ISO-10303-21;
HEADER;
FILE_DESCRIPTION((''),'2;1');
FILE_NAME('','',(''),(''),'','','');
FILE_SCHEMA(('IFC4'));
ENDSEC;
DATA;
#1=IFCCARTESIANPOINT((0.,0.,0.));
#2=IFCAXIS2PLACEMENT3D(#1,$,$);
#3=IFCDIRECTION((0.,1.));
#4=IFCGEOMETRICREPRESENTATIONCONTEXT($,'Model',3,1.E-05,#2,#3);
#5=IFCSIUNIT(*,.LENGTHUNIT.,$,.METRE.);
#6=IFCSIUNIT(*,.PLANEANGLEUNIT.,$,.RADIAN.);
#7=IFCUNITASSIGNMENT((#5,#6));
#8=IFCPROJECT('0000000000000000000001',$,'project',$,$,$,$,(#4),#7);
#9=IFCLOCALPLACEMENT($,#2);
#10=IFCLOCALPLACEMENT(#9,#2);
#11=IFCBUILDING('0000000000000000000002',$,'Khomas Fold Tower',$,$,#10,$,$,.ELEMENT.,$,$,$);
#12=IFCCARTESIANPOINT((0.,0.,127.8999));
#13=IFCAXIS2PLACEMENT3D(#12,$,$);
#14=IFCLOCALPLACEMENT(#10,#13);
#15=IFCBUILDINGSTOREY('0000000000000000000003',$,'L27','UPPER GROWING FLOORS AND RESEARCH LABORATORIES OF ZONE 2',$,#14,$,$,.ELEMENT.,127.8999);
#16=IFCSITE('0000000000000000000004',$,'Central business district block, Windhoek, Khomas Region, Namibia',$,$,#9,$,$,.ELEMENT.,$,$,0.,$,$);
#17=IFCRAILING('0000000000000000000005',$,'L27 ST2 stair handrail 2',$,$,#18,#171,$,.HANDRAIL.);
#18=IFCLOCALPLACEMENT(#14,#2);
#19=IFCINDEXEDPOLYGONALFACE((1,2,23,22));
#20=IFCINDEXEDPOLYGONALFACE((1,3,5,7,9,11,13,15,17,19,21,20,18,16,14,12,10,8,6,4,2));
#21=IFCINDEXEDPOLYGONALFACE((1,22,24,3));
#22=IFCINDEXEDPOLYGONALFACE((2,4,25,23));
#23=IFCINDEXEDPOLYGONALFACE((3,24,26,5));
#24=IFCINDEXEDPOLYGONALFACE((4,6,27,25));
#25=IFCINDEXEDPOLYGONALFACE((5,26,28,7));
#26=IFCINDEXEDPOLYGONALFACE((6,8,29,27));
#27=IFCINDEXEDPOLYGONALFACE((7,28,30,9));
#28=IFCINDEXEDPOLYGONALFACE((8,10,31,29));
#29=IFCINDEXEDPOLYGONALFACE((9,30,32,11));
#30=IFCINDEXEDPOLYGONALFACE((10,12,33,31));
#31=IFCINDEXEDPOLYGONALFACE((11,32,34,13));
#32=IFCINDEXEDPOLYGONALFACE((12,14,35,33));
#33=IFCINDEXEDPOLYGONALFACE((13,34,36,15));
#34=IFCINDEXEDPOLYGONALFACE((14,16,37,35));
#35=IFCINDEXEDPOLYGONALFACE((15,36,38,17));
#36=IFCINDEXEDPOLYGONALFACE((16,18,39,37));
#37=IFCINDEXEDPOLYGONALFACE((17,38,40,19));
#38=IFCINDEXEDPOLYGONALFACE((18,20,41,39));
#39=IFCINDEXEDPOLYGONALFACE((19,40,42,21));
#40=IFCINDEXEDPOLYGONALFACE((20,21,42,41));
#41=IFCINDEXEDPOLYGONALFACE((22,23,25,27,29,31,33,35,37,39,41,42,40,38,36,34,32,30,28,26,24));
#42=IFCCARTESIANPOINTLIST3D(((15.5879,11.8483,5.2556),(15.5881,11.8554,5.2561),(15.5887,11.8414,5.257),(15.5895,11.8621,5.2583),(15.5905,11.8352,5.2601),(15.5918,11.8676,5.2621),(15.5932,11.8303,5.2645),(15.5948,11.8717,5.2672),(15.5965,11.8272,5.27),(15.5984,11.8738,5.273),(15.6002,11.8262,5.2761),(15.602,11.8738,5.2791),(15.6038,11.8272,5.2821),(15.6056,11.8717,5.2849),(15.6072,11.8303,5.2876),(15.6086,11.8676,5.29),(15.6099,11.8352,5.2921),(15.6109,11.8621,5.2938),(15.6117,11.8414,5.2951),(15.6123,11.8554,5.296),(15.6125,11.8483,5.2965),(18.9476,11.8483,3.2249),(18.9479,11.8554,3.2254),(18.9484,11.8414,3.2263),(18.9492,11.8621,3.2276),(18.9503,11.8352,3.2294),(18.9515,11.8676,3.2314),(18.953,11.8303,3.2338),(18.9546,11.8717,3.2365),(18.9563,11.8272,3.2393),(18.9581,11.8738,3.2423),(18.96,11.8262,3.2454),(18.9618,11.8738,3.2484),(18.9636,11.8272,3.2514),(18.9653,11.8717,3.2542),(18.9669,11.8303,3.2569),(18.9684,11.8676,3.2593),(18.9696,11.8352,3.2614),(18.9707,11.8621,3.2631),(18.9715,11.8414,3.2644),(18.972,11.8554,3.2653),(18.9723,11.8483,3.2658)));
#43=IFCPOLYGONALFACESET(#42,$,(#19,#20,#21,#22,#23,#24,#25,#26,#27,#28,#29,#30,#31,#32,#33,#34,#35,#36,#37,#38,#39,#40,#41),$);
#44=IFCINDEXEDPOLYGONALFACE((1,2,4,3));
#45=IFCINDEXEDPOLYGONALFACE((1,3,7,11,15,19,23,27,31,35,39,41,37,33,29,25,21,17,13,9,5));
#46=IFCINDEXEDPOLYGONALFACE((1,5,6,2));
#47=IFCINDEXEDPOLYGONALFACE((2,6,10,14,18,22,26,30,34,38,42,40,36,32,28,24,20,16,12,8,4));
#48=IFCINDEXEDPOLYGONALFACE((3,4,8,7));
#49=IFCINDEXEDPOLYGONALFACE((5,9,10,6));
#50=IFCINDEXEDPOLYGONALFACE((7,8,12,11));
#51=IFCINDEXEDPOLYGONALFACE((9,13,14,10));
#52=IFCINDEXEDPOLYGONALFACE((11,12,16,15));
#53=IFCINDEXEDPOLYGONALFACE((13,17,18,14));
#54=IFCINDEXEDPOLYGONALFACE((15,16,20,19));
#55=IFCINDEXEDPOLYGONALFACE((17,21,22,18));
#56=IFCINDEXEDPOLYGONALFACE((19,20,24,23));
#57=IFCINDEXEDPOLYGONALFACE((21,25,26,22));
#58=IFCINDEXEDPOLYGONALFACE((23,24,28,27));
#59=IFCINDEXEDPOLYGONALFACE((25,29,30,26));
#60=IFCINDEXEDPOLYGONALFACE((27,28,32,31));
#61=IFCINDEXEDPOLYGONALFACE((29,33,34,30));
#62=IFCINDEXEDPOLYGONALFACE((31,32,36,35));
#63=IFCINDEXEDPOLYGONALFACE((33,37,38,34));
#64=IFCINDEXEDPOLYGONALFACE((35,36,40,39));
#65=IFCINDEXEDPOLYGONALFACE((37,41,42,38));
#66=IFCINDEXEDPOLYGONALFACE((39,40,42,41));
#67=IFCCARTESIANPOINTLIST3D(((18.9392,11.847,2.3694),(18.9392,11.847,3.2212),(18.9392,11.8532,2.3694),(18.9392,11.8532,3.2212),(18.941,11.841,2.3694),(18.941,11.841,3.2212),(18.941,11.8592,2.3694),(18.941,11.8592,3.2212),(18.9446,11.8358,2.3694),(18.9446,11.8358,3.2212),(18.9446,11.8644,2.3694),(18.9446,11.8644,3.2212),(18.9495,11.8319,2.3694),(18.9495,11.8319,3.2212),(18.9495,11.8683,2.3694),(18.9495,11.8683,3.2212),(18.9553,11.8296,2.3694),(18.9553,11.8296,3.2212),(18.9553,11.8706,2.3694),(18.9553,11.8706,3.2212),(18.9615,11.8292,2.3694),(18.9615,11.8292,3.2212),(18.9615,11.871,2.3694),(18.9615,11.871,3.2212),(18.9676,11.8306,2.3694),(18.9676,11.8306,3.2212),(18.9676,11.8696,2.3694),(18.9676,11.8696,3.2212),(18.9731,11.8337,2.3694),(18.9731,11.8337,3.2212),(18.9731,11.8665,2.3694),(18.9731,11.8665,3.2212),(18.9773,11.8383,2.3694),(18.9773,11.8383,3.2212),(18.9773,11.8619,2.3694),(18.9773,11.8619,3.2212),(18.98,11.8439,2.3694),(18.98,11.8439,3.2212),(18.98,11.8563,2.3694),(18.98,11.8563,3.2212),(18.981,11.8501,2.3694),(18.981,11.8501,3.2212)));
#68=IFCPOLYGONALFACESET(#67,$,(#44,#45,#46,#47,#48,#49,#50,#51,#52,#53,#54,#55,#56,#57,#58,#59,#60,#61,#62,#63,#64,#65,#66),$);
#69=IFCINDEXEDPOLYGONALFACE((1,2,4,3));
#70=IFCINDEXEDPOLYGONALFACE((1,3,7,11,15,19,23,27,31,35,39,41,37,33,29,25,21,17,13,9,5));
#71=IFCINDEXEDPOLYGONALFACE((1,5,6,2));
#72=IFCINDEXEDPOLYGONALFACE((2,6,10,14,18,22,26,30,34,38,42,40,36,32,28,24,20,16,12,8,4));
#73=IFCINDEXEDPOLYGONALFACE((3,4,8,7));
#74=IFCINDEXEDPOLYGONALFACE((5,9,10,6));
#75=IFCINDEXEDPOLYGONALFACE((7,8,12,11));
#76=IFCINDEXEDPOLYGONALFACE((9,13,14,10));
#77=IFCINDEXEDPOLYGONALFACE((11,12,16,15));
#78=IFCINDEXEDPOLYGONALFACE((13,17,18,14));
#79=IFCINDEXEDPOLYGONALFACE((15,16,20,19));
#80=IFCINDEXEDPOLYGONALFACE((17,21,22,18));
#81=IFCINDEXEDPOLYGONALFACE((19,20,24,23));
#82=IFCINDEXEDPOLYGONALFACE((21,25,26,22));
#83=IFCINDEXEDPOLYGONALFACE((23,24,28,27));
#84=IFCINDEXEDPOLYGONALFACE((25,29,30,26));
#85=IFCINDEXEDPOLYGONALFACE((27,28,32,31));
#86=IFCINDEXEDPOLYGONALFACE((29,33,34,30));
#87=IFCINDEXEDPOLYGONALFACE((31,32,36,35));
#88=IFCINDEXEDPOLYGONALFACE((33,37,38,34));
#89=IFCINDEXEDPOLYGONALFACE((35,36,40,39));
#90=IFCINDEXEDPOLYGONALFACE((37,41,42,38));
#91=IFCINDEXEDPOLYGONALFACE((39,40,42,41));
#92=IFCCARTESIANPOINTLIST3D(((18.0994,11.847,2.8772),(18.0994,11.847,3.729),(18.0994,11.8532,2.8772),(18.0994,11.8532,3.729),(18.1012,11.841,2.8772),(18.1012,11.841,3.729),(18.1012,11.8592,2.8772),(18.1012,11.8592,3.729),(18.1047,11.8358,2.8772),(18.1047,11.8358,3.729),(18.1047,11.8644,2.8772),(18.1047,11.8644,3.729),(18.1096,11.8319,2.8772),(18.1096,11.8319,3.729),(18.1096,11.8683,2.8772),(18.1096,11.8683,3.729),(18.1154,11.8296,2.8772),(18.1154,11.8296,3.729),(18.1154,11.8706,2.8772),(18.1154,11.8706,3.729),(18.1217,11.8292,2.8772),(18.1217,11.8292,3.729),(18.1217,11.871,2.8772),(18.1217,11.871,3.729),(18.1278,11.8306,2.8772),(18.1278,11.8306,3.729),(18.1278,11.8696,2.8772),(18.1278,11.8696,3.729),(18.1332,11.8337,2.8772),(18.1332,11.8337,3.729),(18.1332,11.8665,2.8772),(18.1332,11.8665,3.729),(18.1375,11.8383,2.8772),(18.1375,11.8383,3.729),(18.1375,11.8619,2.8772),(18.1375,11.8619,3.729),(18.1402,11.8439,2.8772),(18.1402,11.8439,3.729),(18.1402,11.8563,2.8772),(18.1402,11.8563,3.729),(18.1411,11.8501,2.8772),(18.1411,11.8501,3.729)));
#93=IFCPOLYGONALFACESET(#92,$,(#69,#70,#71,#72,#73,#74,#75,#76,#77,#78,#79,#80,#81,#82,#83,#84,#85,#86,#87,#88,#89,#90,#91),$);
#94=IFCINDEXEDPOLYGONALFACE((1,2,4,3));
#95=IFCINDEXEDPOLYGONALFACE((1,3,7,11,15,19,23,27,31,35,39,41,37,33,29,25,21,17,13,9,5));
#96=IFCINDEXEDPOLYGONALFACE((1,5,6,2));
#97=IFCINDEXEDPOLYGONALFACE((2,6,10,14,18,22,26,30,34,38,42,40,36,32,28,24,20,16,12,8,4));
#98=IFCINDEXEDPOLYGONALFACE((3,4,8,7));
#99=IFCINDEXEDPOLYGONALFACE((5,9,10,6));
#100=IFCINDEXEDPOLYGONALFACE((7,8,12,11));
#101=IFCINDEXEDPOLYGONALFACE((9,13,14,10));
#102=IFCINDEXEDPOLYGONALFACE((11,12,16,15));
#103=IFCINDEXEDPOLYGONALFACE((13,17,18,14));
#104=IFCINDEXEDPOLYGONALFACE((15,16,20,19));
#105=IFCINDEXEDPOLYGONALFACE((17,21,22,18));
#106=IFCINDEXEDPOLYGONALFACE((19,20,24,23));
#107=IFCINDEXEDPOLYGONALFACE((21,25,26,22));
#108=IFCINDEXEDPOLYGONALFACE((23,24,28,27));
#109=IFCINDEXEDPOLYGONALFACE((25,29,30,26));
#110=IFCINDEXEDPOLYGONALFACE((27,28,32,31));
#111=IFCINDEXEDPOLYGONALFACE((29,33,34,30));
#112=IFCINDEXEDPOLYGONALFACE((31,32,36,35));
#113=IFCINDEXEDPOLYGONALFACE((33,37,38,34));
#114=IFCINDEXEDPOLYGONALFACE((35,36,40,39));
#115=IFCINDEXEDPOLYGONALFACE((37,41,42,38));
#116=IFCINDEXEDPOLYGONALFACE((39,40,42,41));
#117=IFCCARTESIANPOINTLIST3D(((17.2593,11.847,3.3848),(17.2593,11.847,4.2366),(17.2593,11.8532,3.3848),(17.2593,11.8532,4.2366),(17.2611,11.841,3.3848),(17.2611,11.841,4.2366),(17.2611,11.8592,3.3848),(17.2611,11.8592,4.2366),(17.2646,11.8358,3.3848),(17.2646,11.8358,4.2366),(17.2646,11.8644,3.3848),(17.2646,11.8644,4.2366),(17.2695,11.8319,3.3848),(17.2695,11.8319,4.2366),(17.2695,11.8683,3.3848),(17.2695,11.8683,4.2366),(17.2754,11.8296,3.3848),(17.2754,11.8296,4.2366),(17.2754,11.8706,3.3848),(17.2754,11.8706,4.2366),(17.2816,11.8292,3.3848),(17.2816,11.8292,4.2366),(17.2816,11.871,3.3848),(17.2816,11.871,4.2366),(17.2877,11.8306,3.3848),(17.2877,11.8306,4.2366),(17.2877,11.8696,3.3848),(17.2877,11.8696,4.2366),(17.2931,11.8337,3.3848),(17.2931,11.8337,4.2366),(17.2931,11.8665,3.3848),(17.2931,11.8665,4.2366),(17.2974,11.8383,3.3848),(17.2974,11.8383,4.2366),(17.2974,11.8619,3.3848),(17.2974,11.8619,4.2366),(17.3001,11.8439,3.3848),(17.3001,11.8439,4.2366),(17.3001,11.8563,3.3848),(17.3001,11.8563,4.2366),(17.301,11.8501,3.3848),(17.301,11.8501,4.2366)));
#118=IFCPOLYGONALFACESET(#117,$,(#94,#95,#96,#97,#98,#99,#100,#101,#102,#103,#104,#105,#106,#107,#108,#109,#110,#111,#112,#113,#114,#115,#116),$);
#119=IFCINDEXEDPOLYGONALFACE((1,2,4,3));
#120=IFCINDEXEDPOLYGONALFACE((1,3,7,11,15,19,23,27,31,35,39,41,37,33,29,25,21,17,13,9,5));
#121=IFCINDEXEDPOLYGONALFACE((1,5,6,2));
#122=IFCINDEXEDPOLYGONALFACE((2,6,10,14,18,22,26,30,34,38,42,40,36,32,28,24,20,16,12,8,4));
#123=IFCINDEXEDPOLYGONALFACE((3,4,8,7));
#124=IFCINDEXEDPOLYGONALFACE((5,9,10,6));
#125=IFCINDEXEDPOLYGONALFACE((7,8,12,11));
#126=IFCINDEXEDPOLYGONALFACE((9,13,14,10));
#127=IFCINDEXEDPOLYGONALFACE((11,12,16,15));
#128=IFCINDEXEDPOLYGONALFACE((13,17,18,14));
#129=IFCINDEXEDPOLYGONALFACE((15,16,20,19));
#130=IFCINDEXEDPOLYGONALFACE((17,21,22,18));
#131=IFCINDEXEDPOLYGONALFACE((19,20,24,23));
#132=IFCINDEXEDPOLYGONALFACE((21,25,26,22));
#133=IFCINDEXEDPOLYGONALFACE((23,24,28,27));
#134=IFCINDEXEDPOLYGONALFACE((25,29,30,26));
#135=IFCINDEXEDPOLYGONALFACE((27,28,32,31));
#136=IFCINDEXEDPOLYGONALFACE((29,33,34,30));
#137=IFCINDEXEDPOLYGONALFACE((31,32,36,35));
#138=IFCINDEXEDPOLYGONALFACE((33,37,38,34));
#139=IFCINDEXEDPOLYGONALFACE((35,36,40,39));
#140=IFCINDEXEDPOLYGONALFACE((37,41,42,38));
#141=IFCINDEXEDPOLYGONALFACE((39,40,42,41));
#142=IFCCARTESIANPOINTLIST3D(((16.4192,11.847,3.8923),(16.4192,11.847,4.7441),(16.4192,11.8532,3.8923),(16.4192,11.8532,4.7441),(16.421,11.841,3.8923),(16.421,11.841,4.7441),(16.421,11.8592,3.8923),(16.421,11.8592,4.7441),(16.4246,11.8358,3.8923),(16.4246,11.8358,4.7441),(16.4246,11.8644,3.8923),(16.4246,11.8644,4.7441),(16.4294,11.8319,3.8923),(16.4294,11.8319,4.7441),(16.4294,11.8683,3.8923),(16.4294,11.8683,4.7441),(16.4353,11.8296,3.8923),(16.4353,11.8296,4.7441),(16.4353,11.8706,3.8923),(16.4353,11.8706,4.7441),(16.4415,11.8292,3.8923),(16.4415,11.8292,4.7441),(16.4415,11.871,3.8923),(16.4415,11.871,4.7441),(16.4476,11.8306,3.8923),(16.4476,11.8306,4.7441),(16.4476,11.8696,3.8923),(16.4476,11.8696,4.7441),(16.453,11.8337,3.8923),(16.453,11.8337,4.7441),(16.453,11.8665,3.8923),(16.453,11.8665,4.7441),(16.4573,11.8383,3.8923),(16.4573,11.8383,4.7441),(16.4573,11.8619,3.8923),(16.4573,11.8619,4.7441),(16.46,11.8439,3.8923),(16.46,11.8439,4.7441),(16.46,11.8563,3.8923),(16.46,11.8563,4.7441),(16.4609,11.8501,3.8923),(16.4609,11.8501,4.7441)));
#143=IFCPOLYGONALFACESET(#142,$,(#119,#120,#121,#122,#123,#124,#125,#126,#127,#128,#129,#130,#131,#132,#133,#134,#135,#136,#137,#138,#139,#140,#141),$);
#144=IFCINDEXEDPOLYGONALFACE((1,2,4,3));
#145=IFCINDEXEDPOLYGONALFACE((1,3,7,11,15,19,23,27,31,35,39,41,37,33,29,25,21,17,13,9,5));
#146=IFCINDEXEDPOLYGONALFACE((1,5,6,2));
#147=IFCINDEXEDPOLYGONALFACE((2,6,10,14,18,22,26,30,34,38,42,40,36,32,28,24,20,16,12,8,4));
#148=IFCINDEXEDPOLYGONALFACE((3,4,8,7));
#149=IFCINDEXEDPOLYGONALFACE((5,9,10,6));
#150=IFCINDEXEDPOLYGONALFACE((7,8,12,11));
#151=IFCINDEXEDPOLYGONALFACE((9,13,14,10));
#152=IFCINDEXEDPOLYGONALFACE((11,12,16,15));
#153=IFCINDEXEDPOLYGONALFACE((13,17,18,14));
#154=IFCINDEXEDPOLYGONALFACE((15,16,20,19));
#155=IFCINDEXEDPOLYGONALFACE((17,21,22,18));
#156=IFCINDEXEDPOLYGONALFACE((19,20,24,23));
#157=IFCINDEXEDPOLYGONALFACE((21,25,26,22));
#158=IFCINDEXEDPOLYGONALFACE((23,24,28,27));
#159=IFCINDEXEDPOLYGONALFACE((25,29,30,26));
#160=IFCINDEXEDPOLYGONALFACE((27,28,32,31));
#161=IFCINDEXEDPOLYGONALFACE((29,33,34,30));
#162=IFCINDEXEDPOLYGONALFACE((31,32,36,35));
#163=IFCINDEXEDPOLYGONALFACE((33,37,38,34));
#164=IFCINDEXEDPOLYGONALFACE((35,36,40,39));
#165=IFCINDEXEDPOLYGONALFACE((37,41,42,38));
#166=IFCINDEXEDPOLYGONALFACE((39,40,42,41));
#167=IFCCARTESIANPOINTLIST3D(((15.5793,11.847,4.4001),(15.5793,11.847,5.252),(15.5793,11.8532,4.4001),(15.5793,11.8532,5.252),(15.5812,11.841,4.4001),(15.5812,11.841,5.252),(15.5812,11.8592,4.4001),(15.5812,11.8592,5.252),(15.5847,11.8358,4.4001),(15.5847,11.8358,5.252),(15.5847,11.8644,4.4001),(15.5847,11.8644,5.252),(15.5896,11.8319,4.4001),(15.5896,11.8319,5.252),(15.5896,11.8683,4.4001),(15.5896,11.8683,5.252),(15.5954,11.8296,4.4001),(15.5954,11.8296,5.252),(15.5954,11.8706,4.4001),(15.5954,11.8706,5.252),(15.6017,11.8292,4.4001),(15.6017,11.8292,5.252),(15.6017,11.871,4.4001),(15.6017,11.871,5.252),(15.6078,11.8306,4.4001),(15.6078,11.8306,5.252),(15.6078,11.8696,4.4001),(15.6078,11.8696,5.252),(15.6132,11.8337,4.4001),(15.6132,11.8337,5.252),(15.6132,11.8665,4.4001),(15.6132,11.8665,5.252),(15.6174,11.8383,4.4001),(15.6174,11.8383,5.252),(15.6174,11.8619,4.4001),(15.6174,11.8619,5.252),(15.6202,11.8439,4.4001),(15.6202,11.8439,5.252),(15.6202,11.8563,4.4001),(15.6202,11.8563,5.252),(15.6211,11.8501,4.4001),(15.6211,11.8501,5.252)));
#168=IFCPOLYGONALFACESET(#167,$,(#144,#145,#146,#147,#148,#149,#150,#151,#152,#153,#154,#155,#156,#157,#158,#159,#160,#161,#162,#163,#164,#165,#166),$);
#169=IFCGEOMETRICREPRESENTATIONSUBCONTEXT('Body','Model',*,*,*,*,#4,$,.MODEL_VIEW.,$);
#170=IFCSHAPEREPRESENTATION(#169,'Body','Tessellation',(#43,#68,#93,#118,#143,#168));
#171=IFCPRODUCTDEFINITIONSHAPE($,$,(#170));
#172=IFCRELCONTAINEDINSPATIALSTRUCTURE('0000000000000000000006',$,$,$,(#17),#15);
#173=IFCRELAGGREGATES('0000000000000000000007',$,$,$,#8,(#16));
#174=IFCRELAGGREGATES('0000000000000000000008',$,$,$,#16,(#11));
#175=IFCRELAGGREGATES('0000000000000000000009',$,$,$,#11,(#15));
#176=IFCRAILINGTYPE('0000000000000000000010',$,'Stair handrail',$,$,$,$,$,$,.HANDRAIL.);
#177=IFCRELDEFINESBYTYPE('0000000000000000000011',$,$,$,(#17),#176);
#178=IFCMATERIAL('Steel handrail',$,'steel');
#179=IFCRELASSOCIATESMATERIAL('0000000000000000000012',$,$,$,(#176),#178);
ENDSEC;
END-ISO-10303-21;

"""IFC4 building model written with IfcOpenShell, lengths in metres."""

from ifc_helpers import new_model, si_unit, direction, frame, origin, origin_2d, place, context, subcontext, project, spatial, circle, extrude, source, transform, mapped, material, type_object, element, save


model = new_model("IFC4")

# Units and contexts
model_context = context("Model", 3, precision=1e-05, world=origin(), true_north=direction((0.0, 1.0)))
body_context = subcontext(model_context, "Body", "Model", "MODEL_VIEW")
ifc_project = project(units=[si_unit("LENGTHUNIT", "METRE"), si_unit("PLANEANGLEUNIT", "RADIAN")], contexts=[model_context])

# Site, building, storey
site_placement = place(None, origin())
site = spatial("IfcSite", under=ifc_project, at=site_placement, Name="Central business district block, Windhoek, Khomas Region, Namibia", CompositionType="ELEMENT", RefElevation=0.0)
building_placement = place(site_placement, origin())
building = spatial("IfcBuilding", under=site, at=building_placement, Name="Khomas Fold Tower", CompositionType="ELEMENT")
storey_placement = place(building_placement, frame((0.0, 0.0, 127.8999)))
storey = spatial("IfcBuildingStorey", under=building, at=storey_placement, Name="L27", Description="UPPER GROWING FLOORS AND RESEARCH LABORATORIES OF ZONE 2", CompositionType="ELEMENT", Elevation=127.8999)

# Railing
ifc_material_1 = material(Name="Steel handrail", Category="steel")
railing_type_1 = type_object("IfcRailingType", Name="Stair handrail", PredefinedType="HANDRAIL", material=ifc_material_1)
shared_shape_1 = source(origin(), body_context, "Body", "SweptSolid", [
    extrude(circle(Radius=0.0239, at=origin_2d()), frame((0.0, 0.0, 0.876), z_axis=(-0.85582, 0.0, 0.517273), x_axis=(0.0, -1.0, 0.0)), (0.0, 0.0, 1.0), 3.9258),
    extrude(circle(Radius=0.021, at=origin_2d()), origin(), (0.0, 0.0, 1.0), 0.8518),
    extrude(circle(Radius=0.021, at=origin_2d()), frame((-0.8398, 0.0, 0.5078)), (0.0, 0.0, 1.0), 0.8518),
    extrude(circle(Radius=0.021, at=origin_2d()), frame((-1.6799, 0.0, 1.0154)), (0.0, 0.0, 1.0), 0.8518),
    extrude(circle(Radius=0.021, at=origin_2d()), frame((-2.52, 0.0, 1.5229)), (0.0, 0.0, 1.0), 0.8518),
    extrude(circle(Radius=0.021, at=origin_2d()), frame((-3.3599, 0.0, 2.0308)), (0.0, 0.0, 1.0), 0.8518),
])
railing_1_placement = place(storey_placement, frame((18.96, 11.8501, 2.3694)))
element("IfcRailing", 1, at=railing_1_placement, inside=storey, type_object=railing_type_1, Name="L27 ST2 stair handrail 2", PredefinedType="HANDRAIL", context=body_context, shape_type="MappedRepresentation", body=[
    mapped(shared_shape_1, transform((0.0, 0.0, 0.0))),
])

save(model, "model.ifc")
